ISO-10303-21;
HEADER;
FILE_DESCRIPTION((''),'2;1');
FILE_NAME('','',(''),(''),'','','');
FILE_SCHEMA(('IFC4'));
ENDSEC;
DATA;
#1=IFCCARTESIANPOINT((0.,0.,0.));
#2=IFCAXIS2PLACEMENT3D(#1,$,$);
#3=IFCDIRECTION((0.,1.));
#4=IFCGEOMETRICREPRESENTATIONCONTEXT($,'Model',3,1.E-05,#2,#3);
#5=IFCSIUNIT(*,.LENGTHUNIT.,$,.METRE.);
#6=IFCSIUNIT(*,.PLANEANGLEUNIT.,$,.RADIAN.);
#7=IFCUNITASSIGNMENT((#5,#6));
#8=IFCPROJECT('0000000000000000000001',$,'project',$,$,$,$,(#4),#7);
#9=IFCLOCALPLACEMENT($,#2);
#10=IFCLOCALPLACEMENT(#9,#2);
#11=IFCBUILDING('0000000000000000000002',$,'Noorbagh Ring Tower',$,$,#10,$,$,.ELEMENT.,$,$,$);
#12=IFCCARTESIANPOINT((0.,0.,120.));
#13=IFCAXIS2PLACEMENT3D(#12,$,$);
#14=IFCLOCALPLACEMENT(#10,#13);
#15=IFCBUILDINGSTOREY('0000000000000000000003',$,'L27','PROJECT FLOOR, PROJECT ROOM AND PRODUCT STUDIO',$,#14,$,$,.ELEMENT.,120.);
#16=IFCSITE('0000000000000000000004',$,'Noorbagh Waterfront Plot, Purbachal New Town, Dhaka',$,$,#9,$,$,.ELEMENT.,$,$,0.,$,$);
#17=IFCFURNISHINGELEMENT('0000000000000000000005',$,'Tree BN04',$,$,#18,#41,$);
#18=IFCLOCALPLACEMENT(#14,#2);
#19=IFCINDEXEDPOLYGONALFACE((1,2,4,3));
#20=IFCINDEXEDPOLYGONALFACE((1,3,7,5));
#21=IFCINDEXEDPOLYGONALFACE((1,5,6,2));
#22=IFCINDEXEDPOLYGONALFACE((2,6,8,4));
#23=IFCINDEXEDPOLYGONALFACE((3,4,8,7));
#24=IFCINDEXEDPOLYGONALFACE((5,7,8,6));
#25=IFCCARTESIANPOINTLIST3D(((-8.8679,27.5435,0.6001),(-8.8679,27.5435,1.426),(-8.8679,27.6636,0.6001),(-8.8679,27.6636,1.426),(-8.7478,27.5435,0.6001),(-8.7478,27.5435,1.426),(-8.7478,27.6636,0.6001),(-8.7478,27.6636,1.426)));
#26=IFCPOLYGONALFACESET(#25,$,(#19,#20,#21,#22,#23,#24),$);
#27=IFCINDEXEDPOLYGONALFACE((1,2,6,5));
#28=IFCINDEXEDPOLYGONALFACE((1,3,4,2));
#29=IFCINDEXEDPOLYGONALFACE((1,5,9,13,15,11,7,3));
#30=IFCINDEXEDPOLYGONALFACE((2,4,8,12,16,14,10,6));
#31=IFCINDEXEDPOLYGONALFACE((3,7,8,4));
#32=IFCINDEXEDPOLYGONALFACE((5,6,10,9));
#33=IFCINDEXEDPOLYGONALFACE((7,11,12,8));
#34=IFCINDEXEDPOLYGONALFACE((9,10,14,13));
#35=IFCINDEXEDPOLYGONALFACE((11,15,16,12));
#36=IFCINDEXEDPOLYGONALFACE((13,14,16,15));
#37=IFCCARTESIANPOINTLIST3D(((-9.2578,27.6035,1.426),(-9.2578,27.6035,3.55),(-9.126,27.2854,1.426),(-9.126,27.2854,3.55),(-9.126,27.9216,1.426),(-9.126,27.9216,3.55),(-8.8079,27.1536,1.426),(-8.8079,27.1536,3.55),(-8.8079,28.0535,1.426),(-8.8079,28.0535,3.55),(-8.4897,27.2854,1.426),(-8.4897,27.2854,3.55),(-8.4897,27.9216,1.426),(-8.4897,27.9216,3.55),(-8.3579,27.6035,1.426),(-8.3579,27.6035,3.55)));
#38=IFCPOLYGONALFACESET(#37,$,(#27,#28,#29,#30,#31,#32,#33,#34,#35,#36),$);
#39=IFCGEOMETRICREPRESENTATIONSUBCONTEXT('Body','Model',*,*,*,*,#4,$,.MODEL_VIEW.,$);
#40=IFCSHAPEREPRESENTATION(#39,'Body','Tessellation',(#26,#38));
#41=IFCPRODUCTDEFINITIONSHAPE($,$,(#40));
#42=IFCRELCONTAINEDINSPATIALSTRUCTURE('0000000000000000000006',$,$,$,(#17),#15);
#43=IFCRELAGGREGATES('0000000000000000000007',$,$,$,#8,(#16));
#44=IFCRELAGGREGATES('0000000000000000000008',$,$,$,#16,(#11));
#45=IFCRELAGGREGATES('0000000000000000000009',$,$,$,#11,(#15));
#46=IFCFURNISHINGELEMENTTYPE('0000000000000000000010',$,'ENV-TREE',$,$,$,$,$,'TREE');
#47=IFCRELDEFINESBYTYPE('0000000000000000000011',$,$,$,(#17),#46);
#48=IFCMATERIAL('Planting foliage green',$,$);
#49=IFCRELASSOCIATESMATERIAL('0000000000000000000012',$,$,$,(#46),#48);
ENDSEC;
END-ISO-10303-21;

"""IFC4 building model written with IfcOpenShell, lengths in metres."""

from ifc_helpers import new_model, si_unit, direction, frame, origin, origin_2d, place, context, subcontext, project, spatial, polyline, rectangle, outline, extrude, material, type_object, element, save


model = new_model("IFC4")

# Units and contexts
model_context = context("Model", 3, precision=1e-05, world=origin(), true_north=direction((0.0, 1.0)))
body_context = subcontext(model_context, "Body", "Model", "MODEL_VIEW")
ifc_project = project(units=[si_unit("LENGTHUNIT", "METRE"), si_unit("PLANEANGLEUNIT", "RADIAN")], contexts=[model_context])

# Site, building, storey
site_placement = place(None, origin())
site = spatial("IfcSite", under=ifc_project, at=site_placement, Name="Noorbagh Waterfront Plot, Purbachal New Town, Dhaka", CompositionType="ELEMENT", RefElevation=0.0)
building_placement = place(site_placement, origin())
building = spatial("IfcBuilding", under=site, at=building_placement, Name="Noorbagh Ring Tower", CompositionType="ELEMENT")
storey_placement = place(building_placement, frame((0.0, 0.0, 120.0)))
storey = spatial("IfcBuildingStorey", under=building, at=storey_placement, Name="L27", Description="PROJECT FLOOR, PROJECT ROOM AND PRODUCT STUDIO", CompositionType="ELEMENT", Elevation=120.0)

# Furnishing element
ifc_material_1 = material(Name="Planting foliage green")
furnishing_element_type = type_object("IfcFurnishingElementType", Name="ENV-TREE", ElementType="TREE", material=ifc_material_1)
furnishing_placement = place(storey_placement, frame((-8.8079, 27.6035, 0.6001), z_axis=(0.0, 0.0, 1.0), x_axis=(1.0, 0.0, 0.0)))
element("IfcFurnishingElement", 1, at=furnishing_placement, inside=storey, type_object=furnishing_element_type, Name="Tree BN04", context=body_context, shape_type="SweptSolid", body=[
    extrude(rectangle(XDim=0.1201, YDim=0.1201, at=origin_2d()), origin(), (0.0, 0.0, 1.0), 0.8259),
    extrude(outline(polyline([(0.45, 0.0), (0.3181, 0.3181), (0.0, 0.45), (-0.3181, 0.3181), (-0.45, 0.0), (-0.3181, -0.3181), (0.0, -0.45), (0.3181, -0.3181), (0.45, 0.0)])), frame((0.0, 0.0, 0.8259)), (0.0, 0.0, 1.0), 2.124),
])

save(model, "model.ifc")
